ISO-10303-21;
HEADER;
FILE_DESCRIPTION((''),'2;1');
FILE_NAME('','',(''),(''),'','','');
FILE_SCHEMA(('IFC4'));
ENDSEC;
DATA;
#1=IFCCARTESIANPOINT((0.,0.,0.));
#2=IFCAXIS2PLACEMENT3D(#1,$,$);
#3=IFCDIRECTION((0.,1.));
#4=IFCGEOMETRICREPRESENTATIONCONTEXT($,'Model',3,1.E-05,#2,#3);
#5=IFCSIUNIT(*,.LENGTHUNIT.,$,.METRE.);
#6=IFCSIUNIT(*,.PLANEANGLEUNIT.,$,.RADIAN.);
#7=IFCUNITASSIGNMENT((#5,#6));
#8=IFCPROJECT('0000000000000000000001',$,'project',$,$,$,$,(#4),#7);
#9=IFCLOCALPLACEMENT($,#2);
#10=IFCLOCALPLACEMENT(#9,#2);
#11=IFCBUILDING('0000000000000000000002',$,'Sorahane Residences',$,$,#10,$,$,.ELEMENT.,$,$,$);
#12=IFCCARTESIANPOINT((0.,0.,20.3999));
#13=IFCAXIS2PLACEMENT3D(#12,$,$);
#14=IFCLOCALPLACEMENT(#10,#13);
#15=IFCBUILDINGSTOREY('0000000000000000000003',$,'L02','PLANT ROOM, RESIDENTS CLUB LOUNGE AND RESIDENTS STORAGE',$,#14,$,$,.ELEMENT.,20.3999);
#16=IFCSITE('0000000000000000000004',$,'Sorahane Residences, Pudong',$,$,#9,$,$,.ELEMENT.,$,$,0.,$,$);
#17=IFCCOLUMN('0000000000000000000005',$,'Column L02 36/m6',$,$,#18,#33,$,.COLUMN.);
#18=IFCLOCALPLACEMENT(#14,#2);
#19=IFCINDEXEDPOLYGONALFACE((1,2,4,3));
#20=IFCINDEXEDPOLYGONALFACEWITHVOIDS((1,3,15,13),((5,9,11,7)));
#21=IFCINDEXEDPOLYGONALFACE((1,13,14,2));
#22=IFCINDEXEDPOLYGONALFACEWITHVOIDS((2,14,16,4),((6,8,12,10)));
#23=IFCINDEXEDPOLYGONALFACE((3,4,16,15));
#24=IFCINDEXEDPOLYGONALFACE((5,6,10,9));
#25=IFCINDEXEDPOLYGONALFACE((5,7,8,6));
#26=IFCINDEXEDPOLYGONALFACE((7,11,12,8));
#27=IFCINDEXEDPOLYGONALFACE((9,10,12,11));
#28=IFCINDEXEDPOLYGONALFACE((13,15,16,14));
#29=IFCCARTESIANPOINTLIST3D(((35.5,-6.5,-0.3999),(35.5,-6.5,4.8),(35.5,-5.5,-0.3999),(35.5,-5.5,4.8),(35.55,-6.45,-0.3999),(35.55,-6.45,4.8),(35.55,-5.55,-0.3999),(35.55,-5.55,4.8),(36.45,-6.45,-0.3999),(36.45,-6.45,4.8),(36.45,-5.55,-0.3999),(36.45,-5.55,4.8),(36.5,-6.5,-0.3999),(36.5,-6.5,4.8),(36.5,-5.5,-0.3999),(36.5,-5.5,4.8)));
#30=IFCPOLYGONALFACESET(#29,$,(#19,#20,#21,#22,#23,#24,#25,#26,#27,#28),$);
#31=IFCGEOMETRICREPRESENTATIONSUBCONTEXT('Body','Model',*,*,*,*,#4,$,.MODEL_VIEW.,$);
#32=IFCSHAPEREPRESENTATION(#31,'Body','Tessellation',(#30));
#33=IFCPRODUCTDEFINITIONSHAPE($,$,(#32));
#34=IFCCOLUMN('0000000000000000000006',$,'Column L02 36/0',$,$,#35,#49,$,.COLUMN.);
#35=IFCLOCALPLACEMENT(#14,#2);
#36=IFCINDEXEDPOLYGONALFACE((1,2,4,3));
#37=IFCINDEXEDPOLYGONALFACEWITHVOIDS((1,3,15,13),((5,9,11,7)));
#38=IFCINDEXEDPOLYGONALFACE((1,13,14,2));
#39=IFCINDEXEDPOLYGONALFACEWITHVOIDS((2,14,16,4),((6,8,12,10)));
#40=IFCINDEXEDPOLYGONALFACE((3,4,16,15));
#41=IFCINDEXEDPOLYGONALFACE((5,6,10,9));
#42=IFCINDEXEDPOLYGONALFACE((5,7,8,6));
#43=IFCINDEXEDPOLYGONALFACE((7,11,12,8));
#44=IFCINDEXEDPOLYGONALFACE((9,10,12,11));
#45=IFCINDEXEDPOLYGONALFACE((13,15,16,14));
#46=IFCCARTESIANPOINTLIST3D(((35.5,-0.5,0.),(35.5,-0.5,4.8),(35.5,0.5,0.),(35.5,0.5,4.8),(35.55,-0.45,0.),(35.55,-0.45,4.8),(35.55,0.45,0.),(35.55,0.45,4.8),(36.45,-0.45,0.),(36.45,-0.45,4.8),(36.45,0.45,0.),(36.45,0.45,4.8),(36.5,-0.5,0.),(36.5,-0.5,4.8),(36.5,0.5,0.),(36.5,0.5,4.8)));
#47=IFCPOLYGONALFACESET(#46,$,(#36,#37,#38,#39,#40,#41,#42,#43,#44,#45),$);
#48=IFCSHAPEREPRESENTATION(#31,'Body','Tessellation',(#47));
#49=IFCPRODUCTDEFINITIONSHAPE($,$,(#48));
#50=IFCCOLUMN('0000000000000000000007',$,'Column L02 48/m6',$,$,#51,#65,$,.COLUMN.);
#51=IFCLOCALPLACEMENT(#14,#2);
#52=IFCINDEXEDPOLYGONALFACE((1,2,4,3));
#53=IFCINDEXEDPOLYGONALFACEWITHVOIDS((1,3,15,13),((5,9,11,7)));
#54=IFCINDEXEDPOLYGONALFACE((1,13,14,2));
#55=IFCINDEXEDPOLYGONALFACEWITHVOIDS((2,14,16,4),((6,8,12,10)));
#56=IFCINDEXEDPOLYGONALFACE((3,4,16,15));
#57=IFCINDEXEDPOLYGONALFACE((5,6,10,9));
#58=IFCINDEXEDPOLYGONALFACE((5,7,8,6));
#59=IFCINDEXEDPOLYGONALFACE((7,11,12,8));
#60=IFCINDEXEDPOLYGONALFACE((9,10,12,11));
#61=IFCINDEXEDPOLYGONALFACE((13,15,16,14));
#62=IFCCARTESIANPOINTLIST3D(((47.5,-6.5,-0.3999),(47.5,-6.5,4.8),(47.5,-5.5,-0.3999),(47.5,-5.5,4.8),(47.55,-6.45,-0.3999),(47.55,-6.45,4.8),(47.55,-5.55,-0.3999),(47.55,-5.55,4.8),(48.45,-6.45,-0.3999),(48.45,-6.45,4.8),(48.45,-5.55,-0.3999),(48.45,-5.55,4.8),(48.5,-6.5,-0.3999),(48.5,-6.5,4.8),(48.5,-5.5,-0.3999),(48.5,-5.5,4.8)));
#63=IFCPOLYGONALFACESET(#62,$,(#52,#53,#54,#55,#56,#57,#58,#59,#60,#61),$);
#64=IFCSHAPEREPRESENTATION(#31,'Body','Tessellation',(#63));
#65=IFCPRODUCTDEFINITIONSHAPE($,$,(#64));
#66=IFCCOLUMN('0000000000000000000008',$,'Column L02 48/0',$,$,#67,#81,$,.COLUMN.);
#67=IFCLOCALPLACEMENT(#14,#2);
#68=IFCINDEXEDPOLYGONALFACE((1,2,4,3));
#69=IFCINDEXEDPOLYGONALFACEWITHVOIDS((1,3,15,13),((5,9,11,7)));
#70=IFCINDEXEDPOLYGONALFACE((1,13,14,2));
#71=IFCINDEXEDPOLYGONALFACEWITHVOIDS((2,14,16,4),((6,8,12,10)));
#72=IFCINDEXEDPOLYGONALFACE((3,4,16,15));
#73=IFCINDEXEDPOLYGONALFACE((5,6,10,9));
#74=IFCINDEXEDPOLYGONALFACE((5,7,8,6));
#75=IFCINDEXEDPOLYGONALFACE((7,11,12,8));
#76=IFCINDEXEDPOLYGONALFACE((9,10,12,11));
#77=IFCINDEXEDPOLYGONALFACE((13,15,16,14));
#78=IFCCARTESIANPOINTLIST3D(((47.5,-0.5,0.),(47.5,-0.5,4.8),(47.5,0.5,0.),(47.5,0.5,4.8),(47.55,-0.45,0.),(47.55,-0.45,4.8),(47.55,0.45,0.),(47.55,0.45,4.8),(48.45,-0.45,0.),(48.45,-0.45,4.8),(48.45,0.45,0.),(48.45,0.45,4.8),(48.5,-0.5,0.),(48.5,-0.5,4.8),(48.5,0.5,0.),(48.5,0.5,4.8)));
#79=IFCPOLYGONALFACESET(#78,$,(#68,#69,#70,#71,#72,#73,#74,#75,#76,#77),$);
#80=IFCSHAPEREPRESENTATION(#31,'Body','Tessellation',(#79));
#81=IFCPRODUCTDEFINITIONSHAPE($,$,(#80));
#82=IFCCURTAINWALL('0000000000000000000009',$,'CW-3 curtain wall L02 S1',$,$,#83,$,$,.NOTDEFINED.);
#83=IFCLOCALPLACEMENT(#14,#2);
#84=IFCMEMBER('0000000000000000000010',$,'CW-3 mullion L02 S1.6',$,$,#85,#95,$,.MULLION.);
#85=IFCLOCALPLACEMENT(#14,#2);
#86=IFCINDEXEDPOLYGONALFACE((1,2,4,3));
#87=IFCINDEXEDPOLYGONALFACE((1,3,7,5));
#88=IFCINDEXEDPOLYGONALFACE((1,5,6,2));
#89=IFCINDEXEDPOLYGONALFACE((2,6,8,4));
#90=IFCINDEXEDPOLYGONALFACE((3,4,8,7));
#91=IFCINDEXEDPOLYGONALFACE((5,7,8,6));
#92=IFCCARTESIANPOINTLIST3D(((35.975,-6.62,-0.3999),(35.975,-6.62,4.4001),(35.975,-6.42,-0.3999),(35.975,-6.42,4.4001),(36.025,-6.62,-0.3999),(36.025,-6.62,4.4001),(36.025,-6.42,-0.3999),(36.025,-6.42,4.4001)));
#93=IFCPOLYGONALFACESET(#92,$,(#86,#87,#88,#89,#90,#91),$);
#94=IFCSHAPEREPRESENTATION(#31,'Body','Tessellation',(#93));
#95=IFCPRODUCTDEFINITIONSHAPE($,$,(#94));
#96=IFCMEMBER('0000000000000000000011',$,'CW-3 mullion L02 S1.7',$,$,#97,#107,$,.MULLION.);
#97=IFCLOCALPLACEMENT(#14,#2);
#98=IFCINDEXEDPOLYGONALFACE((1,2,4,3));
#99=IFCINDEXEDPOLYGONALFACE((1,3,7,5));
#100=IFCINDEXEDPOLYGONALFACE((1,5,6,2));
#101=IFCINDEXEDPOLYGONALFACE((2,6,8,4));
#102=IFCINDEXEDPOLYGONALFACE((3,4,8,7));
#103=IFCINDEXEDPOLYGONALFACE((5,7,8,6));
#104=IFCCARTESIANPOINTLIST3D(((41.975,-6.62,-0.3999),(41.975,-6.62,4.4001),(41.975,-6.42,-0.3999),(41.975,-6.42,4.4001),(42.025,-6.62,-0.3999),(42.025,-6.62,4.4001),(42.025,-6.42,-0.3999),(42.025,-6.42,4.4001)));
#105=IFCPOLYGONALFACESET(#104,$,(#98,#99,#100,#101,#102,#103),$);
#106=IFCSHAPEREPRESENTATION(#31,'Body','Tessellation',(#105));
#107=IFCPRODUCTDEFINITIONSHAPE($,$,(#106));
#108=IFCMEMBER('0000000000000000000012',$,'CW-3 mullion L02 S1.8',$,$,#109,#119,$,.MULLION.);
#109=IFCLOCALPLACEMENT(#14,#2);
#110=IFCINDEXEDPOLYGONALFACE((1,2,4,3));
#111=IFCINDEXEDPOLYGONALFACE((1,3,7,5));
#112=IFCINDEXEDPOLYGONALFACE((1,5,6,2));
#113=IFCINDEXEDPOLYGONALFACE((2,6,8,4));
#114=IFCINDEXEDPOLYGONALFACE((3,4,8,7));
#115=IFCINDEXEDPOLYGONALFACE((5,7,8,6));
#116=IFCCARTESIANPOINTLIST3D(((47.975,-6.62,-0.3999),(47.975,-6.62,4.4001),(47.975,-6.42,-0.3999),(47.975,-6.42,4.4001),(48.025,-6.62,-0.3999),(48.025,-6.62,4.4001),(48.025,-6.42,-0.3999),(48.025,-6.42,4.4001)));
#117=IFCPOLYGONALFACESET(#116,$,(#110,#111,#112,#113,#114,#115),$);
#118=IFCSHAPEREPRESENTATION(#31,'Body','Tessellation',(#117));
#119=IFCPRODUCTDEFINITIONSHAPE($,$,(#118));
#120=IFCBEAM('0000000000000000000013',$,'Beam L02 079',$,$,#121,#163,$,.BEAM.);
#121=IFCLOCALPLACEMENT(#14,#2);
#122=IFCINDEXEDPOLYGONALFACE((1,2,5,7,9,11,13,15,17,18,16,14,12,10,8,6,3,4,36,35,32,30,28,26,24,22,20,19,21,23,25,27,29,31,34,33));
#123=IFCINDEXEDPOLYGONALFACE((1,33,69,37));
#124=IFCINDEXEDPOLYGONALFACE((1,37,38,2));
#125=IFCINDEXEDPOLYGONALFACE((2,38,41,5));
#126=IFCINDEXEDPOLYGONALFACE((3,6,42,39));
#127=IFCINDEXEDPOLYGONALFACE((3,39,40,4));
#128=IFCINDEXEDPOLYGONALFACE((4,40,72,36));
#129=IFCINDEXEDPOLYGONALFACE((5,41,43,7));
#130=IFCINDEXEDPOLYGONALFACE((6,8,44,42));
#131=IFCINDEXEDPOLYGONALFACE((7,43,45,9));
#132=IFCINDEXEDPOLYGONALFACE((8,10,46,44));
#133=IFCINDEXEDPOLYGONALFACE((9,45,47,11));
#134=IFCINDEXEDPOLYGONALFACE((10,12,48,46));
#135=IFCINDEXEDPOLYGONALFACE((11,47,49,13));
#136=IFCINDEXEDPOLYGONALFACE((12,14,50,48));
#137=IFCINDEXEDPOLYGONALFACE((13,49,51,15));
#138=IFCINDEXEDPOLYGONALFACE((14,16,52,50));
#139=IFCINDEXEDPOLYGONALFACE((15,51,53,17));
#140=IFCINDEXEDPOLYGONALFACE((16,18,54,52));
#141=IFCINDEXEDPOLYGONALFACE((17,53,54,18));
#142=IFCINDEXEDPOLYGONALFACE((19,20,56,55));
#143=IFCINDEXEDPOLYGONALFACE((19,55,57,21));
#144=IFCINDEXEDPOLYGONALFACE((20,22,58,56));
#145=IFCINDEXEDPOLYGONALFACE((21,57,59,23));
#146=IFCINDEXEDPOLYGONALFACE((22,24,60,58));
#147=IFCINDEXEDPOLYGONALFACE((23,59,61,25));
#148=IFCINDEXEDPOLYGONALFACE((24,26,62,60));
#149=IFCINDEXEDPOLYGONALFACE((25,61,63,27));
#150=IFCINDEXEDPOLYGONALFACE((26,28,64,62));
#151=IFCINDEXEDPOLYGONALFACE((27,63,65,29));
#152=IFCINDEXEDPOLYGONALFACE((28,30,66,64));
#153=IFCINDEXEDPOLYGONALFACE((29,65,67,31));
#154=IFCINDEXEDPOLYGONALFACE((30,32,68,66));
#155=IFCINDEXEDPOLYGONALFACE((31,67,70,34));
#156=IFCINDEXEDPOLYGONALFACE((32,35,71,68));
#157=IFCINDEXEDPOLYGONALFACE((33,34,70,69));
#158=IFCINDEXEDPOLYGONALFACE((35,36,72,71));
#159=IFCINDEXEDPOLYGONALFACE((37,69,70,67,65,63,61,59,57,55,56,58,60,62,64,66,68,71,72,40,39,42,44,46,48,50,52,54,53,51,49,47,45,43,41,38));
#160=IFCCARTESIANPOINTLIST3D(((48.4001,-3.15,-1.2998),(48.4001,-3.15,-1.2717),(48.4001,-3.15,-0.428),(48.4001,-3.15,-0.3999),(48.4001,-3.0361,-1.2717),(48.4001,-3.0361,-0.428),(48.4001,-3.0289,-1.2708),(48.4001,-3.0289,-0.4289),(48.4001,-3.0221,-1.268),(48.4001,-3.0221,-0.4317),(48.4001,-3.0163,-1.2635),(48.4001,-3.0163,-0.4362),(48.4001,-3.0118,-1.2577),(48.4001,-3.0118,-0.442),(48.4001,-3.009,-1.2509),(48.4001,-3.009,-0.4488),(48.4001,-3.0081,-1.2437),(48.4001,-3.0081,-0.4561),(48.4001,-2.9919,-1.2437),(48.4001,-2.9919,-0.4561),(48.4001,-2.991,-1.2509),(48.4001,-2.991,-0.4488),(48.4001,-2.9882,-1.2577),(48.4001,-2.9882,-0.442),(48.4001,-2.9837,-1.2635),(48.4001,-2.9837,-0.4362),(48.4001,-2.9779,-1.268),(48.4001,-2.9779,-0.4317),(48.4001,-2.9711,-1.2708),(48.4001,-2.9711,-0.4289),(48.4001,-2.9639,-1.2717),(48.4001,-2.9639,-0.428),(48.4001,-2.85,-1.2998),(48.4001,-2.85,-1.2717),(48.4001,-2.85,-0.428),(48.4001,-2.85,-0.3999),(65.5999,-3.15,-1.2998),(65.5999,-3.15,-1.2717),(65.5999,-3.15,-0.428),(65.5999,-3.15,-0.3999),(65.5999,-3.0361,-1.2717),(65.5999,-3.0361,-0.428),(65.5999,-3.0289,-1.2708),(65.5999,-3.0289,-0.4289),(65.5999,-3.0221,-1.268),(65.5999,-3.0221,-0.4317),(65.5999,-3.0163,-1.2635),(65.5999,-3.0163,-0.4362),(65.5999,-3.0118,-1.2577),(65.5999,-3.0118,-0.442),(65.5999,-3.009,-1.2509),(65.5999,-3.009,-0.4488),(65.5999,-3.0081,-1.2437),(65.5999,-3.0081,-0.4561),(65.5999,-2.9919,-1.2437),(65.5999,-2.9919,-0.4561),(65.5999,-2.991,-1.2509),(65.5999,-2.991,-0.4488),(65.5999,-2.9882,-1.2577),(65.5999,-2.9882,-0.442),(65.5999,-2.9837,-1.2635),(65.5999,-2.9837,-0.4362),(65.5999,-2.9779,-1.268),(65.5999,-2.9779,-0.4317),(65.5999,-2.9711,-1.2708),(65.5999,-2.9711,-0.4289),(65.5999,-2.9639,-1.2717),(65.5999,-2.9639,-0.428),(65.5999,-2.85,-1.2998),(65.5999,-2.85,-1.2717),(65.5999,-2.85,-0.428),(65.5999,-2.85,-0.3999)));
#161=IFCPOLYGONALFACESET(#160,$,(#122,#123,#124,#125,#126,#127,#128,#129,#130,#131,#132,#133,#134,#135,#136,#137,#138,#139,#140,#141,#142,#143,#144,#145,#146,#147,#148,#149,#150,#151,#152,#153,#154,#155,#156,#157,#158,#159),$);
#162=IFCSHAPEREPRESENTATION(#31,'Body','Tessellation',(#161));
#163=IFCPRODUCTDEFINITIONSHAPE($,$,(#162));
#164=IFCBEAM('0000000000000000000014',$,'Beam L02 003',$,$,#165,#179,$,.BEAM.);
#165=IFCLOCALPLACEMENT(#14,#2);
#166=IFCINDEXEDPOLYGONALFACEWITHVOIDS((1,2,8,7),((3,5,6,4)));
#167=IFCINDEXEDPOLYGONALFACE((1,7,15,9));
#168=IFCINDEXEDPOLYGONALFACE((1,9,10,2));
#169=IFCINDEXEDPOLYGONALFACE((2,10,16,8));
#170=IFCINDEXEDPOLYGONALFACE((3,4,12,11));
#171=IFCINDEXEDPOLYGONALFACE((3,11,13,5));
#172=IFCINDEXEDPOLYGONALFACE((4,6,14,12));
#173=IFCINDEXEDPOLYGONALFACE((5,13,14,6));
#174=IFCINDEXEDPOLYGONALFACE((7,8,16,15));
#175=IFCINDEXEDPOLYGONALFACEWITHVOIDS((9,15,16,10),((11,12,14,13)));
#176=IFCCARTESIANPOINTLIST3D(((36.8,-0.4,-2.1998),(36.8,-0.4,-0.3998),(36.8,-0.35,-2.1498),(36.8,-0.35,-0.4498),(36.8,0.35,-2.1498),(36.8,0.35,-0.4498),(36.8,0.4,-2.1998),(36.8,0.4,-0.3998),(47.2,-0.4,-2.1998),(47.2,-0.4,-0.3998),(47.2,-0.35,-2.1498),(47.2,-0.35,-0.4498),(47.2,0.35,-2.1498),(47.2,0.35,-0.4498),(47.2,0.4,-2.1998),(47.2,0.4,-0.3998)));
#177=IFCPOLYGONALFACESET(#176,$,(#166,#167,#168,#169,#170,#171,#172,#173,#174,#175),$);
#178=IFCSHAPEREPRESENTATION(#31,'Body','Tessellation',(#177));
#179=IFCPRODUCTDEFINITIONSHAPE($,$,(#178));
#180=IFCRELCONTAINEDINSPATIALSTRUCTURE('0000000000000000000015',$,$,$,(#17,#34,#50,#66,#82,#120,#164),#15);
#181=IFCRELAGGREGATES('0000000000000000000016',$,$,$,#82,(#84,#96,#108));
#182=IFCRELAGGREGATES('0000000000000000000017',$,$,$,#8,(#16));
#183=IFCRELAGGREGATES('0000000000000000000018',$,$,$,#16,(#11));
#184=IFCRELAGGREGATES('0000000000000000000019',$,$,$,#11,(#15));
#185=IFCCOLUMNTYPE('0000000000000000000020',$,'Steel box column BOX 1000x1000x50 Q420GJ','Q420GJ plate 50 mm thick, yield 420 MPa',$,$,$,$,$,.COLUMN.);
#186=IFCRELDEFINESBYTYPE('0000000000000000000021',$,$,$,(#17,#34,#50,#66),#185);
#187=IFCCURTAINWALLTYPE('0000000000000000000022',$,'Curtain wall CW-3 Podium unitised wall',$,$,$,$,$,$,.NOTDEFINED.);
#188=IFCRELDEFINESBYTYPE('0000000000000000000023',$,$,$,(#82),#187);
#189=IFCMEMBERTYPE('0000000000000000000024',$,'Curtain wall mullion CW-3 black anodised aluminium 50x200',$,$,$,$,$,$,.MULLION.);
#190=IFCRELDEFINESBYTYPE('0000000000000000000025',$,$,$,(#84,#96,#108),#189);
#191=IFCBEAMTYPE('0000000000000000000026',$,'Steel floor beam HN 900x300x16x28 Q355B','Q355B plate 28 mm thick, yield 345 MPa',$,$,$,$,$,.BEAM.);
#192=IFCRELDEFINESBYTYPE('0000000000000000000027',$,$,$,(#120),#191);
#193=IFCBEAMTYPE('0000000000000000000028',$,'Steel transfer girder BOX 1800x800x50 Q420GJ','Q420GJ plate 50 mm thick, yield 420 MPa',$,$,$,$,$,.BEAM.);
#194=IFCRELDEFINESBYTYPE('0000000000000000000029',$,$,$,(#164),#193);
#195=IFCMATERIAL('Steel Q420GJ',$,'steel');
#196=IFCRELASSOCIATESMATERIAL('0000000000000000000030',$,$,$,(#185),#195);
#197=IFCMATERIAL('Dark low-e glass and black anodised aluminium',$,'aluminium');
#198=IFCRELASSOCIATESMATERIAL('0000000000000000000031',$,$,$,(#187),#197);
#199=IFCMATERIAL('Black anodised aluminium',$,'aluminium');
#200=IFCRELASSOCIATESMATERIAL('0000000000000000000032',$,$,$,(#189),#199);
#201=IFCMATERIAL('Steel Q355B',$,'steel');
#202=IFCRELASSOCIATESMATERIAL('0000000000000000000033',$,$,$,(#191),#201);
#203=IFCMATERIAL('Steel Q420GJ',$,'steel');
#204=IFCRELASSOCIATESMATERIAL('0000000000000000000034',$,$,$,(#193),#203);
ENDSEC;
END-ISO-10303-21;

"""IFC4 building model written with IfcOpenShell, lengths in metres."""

from ifc_helpers import new_model, si_unit, direction, frame, origin, origin_2d, place, context, subcontext, project, spatial, rectangle, hollow_rectangle, i_section, extrude, material, material_profile, profile_set, type_object, element, aggregate, save


model = new_model("IFC4")

# Units and contexts
model_context = context("Model", 3, precision=1e-05, world=origin(), true_north=direction((0.0, 1.0)))
body_context = subcontext(model_context, "Body", "Model", "MODEL_VIEW")
ifc_project = project(units=[si_unit("LENGTHUNIT", "METRE"), si_unit("PLANEANGLEUNIT", "RADIAN")], contexts=[model_context])

# Site, building, storey
site_placement = place(None, origin())
site = spatial("IfcSite", under=ifc_project, at=site_placement, Name="Sorahane Residences, Pudong", CompositionType="ELEMENT", RefElevation=0.0)
building_placement = place(site_placement, origin())
building = spatial("IfcBuilding", under=site, at=building_placement, Name="Sorahane Residences", CompositionType="ELEMENT")
storey_placement = place(building_placement, frame((0.0, 0.0, 20.3999)))
storey = spatial("IfcBuildingStorey", under=building, at=storey_placement, Name="L02", Description="PLANT ROOM, RESIDENTS CLUB LOUNGE AND RESIDENTS STORAGE", CompositionType="ELEMENT", Elevation=20.3999)

# Columns
ifc_material_1 = material(Name="Steel Q420GJ", Category="steel")
ifc_material_profile_1 = material_profile(ifc_material_1, hollow_rectangle(XDim=1.0, YDim=1.0, WallThickness=0.05, at=origin_2d()), Name="BOX 1000x1000x50")
ifc_profile_set_1 = profile_set([ifc_material_profile_1], Name="Steel Q420GJ")
column_type = type_object("IfcColumnType", Name="Steel box column BOX 1000x1000x50 Q420GJ", Description="Q420GJ plate 50 mm thick, yield 420 MPa", PredefinedType="COLUMN", material=ifc_profile_set_1)
column_1_placement = place(storey_placement, frame((36.0, -6.0, -0.3999), z_axis=(0.0, 0.0, 1.0), x_axis=(1.0, 0.0, 0.0)))
element("IfcColumn", 1, at=column_1_placement, inside=storey, type_object=column_type, Name="Column L02 36/m6", PredefinedType="COLUMN", context=body_context, shape_type="SweptSolid", body=[
    extrude(hollow_rectangle(XDim=1.0, YDim=1.0, WallThickness=0.05, at=origin_2d()), origin(), (0.0, 0.0, 1.0), 5.2),
])
column_2_placement = place(storey_placement, frame((36.0, 0.0, 0.0), z_axis=(0.0, 0.0, 1.0), x_axis=(1.0, 0.0, 0.0)))
element("IfcColumn", 2, at=column_2_placement, inside=storey, type_object=column_type, Name="Column L02 36/0", PredefinedType="COLUMN", context=body_context, shape_type="SweptSolid", body=[
    extrude(hollow_rectangle(XDim=1.0, YDim=1.0, WallThickness=0.05, at=origin_2d()), origin(), (0.0, 0.0, 1.0), 4.8),
])
column_3_placement = place(storey_placement, frame((48.0, -6.0, -0.3999), z_axis=(0.0, 0.0, 1.0), x_axis=(1.0, 0.0, 0.0)))
element("IfcColumn", 3, at=column_3_placement, inside=storey, type_object=column_type, Name="Column L02 48/m6", PredefinedType="COLUMN", context=body_context, shape_type="SweptSolid", body=[
    extrude(hollow_rectangle(XDim=1.0, YDim=1.0, WallThickness=0.05, at=origin_2d()), origin(), (0.0, 0.0, 1.0), 5.2),
])
column_4_placement = place(storey_placement, frame((48.0, 0.0, 0.0), z_axis=(0.0, 0.0, 1.0), x_axis=(1.0, 0.0, 0.0)))
element("IfcColumn", 4, at=column_4_placement, inside=storey, type_object=column_type, Name="Column L02 48/0", PredefinedType="COLUMN", context=body_context, shape_type="SweptSolid", body=[
    extrude(hollow_rectangle(XDim=1.0, YDim=1.0, WallThickness=0.05, at=origin_2d()), origin(), (0.0, 0.0, 1.0), 4.8),
])

# Curtain wall, members
ifc_material_2 = material(Name="Dark low-e glass and black anodised aluminium", Category="aluminium")
curtain_wall_type = type_object("IfcCurtainWallType", Name="Curtain wall CW-3 Podium unitised wall", PredefinedType="NOTDEFINED", material=ifc_material_2)
curtain_wall_placement = place(storey_placement, origin())
curtain_wall = element("IfcCurtainWall", 5, at=curtain_wall_placement, inside=storey, type_object=curtain_wall_type, Name="CW-3 curtain wall L02 S1", PredefinedType="NOTDEFINED")
ifc_material_3 = material(Name="Black anodised aluminium", Category="aluminium")
ifc_material_profile_2 = material_profile(ifc_material_3, rectangle(XDim=0.2, YDim=0.05, at=origin_2d()), Name="Curtain wall mullion CW-3 black anodised aluminium 50x200")
ifc_profile_set_2 = profile_set([ifc_material_profile_2], Name="Black anodised aluminium")
member_type = type_object("IfcMemberType", Name="Curtain wall mullion CW-3 black anodised aluminium 50x200", PredefinedType="MULLION", material=ifc_profile_set_2)
member_1_placement = place(storey_placement, frame((36.0, -6.52, -0.3999), z_axis=(0.0, 0.0, 1.0), x_axis=(0.0, -1.0, 0.0)))
member_1 = element("IfcMember", 6, at=member_1_placement, type_object=member_type, Name="CW-3 mullion L02 S1.6", PredefinedType="MULLION", context=body_context, shape_type="SweptSolid", body=[
    extrude(rectangle(XDim=0.2, YDim=0.05, at=origin_2d()), origin(), (0.0, 0.0, 1.0), 4.8),
])
member_2_placement = place(storey_placement, frame((42.0, -6.52, -0.3999), z_axis=(0.0, 0.0, 1.0), x_axis=(0.0, -1.0, 0.0)))
member_2 = element("IfcMember", 7, at=member_2_placement, type_object=member_type, Name="CW-3 mullion L02 S1.7", PredefinedType="MULLION", context=body_context, shape_type="SweptSolid", body=[
    extrude(rectangle(XDim=0.2, YDim=0.05, at=origin_2d()), origin(), (0.0, 0.0, 1.0), 4.8),
])
member_3_placement = place(storey_placement, frame((48.0, -6.52, -0.3999), z_axis=(0.0, 0.0, 1.0), x_axis=(0.0, -1.0, 0.0)))
member_3 = element("IfcMember", 8, at=member_3_placement, type_object=member_type, Name="CW-3 mullion L02 S1.8", PredefinedType="MULLION", context=body_context, shape_type="SweptSolid", body=[
    extrude(rectangle(XDim=0.2, YDim=0.05, at=origin_2d()), origin(), (0.0, 0.0, 1.0), 4.8),
])

# Beams
ifc_material_4 = material(Name="Steel Q355B", Category="steel")
ifc_material_profile_3 = material_profile(ifc_material_4, i_section(OverallWidth=0.3, OverallDepth=0.8999, WebThickness=0.0161, FlangeThickness=0.0281, FilletRadius=0.0281, at=origin_2d()), Name="HN 900x300x16x28")
ifc_profile_set_3 = profile_set([ifc_material_profile_3], Name="Steel Q355B")
beam_type_1 = type_object("IfcBeamType", Name="Steel floor beam HN 900x300x16x28 Q355B", Description="Q355B plate 28 mm thick, yield 345 MPa", PredefinedType="BEAM", material=ifc_profile_set_3)
beam_1_placement = place(storey_placement, frame((48.4001, -3.0, -0.8499), z_axis=(1.0, 0.0, 0.0), x_axis=(0.0, 1.0, 0.0)))
element("IfcBeam", 9, at=beam_1_placement, inside=storey, type_object=beam_type_1, Name="Beam L02 079", PredefinedType="BEAM", context=body_context, shape_type="SweptSolid", body=[
    extrude(i_section(OverallWidth=0.3, OverallDepth=0.8999, WebThickness=0.0161, FlangeThickness=0.0281, FilletRadius=0.0281, at=origin_2d()), origin(), (0.0, 0.0, 1.0), 17.1997),
])
ifc_material_5 = material(Name="Steel Q420GJ", Category="steel")
ifc_material_profile_4 = material_profile(ifc_material_5, hollow_rectangle(XDim=0.8, YDim=1.8, WallThickness=0.05, at=origin_2d()), Name="BOX 1800x800x50")
ifc_profile_set_4 = profile_set([ifc_material_profile_4], Name="Steel Q420GJ")
beam_type_2 = type_object("IfcBeamType", Name="Steel transfer girder BOX 1800x800x50 Q420GJ", Description="Q420GJ plate 50 mm thick, yield 420 MPa", PredefinedType="BEAM", material=ifc_profile_set_4)
beam_2_placement = place(storey_placement, frame((36.8, 0.0, -1.2998), z_axis=(1.0, 0.0, 0.0), x_axis=(0.0, 1.0, 0.0)))
element("IfcBeam", 10, at=beam_2_placement, inside=storey, type_object=beam_type_2, Name="Beam L02 003", PredefinedType="BEAM", context=body_context, shape_type="SweptSolid", body=[
    extrude(hollow_rectangle(XDim=0.8, YDim=1.8, WallThickness=0.05, at=origin_2d()), origin(), (0.0, 0.0, 1.0), 10.3999),
])

aggregate(curtain_wall, [member_1, member_2, member_3])

save(model, "model.ifc")
